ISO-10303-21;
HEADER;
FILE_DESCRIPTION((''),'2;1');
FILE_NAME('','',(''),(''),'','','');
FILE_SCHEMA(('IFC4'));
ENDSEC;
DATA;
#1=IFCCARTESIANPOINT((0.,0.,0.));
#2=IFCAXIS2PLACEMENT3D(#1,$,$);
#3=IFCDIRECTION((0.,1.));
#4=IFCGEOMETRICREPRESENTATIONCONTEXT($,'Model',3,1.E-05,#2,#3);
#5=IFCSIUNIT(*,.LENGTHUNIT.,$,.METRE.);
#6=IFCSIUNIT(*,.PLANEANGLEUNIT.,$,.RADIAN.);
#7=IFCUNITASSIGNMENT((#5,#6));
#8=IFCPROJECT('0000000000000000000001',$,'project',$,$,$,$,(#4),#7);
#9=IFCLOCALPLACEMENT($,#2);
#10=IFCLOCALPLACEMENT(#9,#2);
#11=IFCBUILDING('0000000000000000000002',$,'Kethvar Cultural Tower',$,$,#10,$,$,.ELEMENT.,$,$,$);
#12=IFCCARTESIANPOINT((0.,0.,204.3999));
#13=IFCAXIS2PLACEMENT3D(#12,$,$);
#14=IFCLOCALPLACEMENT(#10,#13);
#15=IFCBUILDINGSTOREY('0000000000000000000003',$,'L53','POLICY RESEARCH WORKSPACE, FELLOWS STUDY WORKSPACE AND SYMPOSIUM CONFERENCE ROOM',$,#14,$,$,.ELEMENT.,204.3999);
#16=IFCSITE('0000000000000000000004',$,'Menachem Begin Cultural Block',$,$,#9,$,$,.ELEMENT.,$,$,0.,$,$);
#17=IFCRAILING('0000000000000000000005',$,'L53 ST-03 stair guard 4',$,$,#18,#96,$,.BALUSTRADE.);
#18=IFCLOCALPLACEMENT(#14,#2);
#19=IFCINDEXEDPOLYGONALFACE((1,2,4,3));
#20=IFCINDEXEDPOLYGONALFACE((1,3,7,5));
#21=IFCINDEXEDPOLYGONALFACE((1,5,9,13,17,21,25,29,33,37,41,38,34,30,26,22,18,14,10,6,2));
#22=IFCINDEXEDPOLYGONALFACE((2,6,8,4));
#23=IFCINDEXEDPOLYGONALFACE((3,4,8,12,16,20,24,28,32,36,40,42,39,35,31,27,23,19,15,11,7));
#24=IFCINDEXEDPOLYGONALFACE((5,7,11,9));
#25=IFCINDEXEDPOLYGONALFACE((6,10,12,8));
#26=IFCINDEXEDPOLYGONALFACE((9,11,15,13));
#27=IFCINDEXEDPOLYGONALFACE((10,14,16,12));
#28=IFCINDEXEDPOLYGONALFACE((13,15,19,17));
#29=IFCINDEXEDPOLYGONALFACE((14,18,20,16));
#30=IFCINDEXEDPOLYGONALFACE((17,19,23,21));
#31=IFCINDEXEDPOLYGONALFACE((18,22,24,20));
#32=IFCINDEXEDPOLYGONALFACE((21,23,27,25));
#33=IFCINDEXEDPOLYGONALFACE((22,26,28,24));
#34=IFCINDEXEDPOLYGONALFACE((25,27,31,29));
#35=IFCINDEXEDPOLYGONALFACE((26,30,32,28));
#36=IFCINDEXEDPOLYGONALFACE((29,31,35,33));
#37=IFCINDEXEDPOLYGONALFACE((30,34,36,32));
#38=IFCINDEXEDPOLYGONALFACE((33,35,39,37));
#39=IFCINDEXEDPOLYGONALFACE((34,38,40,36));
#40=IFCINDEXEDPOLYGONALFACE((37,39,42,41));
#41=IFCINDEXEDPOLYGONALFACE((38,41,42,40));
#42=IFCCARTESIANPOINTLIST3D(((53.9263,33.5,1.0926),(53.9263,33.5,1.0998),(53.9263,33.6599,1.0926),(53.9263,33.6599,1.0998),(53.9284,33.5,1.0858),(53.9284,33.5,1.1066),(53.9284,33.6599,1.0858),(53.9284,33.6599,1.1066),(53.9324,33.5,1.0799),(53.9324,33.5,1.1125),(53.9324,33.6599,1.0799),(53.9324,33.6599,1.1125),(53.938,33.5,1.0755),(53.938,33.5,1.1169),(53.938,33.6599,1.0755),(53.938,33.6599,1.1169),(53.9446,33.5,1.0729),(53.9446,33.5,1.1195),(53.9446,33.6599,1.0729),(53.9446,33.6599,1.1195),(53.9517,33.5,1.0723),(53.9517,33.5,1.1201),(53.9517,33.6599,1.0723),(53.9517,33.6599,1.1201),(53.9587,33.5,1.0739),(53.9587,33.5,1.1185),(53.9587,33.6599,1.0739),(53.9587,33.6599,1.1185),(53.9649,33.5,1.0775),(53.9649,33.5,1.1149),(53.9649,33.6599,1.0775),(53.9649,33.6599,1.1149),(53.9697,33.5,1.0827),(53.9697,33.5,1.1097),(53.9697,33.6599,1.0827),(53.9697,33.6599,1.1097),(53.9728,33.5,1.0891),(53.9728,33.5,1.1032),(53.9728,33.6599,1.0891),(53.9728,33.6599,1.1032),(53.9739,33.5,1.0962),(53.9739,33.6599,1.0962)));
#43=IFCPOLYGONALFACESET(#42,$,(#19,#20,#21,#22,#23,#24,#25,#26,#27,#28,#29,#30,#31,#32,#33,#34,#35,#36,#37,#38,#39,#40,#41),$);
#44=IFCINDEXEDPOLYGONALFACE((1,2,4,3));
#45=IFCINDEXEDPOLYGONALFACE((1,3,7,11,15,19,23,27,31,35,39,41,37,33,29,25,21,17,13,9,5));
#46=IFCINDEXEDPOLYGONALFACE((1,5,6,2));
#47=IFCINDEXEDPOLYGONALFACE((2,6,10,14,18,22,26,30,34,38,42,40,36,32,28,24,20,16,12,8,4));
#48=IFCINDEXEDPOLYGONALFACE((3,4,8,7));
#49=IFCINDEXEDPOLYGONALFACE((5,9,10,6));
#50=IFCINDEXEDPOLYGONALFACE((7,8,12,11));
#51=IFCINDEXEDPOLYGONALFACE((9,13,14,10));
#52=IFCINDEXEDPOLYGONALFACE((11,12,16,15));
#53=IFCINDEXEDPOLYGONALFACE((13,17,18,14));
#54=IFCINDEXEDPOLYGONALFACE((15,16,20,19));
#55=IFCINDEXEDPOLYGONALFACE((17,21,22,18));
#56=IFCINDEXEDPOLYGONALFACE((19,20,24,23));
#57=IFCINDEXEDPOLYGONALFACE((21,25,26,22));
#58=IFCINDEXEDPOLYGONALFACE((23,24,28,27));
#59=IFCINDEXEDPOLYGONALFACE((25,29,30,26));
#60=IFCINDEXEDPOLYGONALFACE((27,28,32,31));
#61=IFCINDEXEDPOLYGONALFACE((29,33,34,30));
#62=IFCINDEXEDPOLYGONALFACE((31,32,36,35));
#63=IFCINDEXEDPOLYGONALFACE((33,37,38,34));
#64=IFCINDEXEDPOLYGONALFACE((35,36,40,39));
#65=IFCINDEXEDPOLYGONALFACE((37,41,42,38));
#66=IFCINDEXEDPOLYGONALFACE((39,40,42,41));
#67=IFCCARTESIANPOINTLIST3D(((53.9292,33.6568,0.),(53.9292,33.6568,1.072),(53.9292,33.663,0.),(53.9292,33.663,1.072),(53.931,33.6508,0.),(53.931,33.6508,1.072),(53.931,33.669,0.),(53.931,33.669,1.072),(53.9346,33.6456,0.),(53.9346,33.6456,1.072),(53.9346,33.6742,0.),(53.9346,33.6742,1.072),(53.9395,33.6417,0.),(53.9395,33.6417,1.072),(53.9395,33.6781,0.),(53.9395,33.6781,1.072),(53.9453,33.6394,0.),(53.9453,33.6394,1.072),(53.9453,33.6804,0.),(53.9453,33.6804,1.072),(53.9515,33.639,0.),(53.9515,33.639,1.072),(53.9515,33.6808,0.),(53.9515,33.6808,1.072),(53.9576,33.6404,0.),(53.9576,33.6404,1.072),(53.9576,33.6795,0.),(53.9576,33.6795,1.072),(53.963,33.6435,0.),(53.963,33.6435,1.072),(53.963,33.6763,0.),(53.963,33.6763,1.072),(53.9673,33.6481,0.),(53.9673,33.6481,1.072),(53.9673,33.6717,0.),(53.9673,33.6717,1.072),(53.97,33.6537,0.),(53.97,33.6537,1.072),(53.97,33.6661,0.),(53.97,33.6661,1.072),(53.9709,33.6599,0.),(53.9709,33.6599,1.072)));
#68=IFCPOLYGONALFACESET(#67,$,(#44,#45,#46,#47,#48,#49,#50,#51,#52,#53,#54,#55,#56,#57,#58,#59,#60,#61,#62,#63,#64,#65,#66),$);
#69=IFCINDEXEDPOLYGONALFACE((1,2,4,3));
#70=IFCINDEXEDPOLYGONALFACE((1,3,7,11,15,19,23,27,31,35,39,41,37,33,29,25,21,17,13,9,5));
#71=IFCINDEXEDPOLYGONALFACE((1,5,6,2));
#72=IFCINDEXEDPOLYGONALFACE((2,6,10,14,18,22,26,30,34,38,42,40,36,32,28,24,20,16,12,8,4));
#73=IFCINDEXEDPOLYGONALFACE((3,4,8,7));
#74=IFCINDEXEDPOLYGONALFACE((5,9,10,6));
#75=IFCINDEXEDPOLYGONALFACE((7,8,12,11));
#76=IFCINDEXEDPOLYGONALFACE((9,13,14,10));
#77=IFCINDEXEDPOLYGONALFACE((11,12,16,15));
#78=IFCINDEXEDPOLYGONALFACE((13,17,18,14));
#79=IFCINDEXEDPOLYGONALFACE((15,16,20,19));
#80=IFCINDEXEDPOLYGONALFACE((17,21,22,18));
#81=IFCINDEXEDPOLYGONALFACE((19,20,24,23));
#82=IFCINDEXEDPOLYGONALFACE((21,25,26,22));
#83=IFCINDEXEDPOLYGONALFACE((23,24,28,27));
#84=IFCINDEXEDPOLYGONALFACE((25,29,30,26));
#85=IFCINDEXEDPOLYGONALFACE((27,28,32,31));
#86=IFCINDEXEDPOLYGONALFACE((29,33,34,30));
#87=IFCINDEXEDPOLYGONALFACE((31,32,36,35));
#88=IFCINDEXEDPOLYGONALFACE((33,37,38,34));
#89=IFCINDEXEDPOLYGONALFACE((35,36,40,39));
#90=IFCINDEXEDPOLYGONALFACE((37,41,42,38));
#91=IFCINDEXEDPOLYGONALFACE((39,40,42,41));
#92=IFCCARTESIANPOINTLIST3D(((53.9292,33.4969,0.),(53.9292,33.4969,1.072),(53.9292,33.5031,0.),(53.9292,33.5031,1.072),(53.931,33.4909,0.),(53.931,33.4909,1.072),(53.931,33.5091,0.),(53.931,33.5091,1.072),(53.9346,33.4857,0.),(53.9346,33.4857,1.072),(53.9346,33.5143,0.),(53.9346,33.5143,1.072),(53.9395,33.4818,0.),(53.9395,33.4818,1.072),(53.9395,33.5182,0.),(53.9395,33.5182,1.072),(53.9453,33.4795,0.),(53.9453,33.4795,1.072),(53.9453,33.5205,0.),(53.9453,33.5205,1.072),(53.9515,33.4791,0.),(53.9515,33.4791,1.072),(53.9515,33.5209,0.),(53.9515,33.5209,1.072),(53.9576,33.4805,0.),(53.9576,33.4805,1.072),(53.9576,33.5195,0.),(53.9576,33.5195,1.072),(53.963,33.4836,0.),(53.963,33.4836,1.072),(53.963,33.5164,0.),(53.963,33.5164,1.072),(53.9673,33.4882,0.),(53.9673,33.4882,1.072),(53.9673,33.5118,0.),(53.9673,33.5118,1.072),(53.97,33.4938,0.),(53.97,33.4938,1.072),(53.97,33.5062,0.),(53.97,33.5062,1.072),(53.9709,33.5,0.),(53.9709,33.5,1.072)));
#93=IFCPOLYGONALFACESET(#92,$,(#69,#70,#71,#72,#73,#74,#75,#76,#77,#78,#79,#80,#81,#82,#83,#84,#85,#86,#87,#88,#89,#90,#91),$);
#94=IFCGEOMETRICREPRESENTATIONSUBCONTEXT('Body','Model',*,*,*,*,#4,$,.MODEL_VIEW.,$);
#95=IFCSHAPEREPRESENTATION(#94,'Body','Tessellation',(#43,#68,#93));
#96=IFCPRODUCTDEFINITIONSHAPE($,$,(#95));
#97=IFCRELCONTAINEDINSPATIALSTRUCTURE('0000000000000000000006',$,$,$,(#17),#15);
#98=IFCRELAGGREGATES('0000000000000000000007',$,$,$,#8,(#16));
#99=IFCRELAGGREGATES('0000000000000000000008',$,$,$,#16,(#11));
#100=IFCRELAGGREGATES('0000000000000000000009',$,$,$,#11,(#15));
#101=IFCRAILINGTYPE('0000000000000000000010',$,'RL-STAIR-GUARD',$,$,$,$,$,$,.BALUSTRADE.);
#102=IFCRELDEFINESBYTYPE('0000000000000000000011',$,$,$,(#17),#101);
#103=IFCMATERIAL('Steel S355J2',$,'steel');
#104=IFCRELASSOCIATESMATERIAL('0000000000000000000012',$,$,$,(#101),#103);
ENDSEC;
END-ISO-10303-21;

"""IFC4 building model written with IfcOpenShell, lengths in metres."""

from ifc_helpers import new_model, si_unit, direction, frame, origin, origin_2d, place, context, subcontext, project, spatial, circle, extrude, material, type_object, element, save


model = new_model("IFC4")

# Units and contexts
model_context = context("Model", 3, precision=1e-05, world=origin(), true_north=direction((0.0, 1.0)))
body_context = subcontext(model_context, "Body", "Model", "MODEL_VIEW")
ifc_project = project(units=[si_unit("LENGTHUNIT", "METRE"), si_unit("PLANEANGLEUNIT", "RADIAN")], contexts=[model_context])

# Site, building, storey
site_placement = place(None, origin())
site = spatial("IfcSite", under=ifc_project, at=site_placement, Name="Menachem Begin Cultural Block", CompositionType="ELEMENT", RefElevation=0.0)
building_placement = place(site_placement, origin())
building = spatial("IfcBuilding", under=site, at=building_placement, Name="Kethvar Cultural Tower", CompositionType="ELEMENT")
storey_placement = place(building_placement, frame((0.0, 0.0, 204.3999)))
storey = spatial("IfcBuildingStorey", under=building, at=storey_placement, Name="L53", Description="POLICY RESEARCH WORKSPACE, FELLOWS STUDY WORKSPACE AND SYMPOSIUM CONFERENCE ROOM", CompositionType="ELEMENT", Elevation=204.3999)

# Shared definitions
ifc_material_1 = material(Name="Steel S355J2", Category="steel")

# Railing
railing_type_1 = type_object("IfcRailingType", Name="RL-STAIR-GUARD", PredefinedType="BALUSTRADE", material=ifc_material_1)
railing_1_placement = place(storey_placement, frame((53.95, 33.6599, 0.0)))
element("IfcRailing", 1, at=railing_1_placement, inside=storey, type_object=railing_type_1, Name="L53 ST-03 stair guard 4", PredefinedType="BALUSTRADE", context=body_context, shape_type="SweptSolid", body=[
    extrude(circle(Radius=0.0239, at=origin_2d()), frame((0.0, 0.0, 1.0962), z_axis=(0.0, -1.0, 0.0), x_axis=(1.0, 0.0, 0.0)), (0.0, 0.0, 1.0), 0.1599),
    extrude(circle(Radius=0.021, at=origin_2d()), origin(), (0.0, 0.0, 1.0), 1.072),
    extrude(circle(Radius=0.021, at=origin_2d()), frame((0.0, -0.1599, 0.0)), (0.0, 0.0, 1.0), 1.072),
])

save(model, "model.ifc")
